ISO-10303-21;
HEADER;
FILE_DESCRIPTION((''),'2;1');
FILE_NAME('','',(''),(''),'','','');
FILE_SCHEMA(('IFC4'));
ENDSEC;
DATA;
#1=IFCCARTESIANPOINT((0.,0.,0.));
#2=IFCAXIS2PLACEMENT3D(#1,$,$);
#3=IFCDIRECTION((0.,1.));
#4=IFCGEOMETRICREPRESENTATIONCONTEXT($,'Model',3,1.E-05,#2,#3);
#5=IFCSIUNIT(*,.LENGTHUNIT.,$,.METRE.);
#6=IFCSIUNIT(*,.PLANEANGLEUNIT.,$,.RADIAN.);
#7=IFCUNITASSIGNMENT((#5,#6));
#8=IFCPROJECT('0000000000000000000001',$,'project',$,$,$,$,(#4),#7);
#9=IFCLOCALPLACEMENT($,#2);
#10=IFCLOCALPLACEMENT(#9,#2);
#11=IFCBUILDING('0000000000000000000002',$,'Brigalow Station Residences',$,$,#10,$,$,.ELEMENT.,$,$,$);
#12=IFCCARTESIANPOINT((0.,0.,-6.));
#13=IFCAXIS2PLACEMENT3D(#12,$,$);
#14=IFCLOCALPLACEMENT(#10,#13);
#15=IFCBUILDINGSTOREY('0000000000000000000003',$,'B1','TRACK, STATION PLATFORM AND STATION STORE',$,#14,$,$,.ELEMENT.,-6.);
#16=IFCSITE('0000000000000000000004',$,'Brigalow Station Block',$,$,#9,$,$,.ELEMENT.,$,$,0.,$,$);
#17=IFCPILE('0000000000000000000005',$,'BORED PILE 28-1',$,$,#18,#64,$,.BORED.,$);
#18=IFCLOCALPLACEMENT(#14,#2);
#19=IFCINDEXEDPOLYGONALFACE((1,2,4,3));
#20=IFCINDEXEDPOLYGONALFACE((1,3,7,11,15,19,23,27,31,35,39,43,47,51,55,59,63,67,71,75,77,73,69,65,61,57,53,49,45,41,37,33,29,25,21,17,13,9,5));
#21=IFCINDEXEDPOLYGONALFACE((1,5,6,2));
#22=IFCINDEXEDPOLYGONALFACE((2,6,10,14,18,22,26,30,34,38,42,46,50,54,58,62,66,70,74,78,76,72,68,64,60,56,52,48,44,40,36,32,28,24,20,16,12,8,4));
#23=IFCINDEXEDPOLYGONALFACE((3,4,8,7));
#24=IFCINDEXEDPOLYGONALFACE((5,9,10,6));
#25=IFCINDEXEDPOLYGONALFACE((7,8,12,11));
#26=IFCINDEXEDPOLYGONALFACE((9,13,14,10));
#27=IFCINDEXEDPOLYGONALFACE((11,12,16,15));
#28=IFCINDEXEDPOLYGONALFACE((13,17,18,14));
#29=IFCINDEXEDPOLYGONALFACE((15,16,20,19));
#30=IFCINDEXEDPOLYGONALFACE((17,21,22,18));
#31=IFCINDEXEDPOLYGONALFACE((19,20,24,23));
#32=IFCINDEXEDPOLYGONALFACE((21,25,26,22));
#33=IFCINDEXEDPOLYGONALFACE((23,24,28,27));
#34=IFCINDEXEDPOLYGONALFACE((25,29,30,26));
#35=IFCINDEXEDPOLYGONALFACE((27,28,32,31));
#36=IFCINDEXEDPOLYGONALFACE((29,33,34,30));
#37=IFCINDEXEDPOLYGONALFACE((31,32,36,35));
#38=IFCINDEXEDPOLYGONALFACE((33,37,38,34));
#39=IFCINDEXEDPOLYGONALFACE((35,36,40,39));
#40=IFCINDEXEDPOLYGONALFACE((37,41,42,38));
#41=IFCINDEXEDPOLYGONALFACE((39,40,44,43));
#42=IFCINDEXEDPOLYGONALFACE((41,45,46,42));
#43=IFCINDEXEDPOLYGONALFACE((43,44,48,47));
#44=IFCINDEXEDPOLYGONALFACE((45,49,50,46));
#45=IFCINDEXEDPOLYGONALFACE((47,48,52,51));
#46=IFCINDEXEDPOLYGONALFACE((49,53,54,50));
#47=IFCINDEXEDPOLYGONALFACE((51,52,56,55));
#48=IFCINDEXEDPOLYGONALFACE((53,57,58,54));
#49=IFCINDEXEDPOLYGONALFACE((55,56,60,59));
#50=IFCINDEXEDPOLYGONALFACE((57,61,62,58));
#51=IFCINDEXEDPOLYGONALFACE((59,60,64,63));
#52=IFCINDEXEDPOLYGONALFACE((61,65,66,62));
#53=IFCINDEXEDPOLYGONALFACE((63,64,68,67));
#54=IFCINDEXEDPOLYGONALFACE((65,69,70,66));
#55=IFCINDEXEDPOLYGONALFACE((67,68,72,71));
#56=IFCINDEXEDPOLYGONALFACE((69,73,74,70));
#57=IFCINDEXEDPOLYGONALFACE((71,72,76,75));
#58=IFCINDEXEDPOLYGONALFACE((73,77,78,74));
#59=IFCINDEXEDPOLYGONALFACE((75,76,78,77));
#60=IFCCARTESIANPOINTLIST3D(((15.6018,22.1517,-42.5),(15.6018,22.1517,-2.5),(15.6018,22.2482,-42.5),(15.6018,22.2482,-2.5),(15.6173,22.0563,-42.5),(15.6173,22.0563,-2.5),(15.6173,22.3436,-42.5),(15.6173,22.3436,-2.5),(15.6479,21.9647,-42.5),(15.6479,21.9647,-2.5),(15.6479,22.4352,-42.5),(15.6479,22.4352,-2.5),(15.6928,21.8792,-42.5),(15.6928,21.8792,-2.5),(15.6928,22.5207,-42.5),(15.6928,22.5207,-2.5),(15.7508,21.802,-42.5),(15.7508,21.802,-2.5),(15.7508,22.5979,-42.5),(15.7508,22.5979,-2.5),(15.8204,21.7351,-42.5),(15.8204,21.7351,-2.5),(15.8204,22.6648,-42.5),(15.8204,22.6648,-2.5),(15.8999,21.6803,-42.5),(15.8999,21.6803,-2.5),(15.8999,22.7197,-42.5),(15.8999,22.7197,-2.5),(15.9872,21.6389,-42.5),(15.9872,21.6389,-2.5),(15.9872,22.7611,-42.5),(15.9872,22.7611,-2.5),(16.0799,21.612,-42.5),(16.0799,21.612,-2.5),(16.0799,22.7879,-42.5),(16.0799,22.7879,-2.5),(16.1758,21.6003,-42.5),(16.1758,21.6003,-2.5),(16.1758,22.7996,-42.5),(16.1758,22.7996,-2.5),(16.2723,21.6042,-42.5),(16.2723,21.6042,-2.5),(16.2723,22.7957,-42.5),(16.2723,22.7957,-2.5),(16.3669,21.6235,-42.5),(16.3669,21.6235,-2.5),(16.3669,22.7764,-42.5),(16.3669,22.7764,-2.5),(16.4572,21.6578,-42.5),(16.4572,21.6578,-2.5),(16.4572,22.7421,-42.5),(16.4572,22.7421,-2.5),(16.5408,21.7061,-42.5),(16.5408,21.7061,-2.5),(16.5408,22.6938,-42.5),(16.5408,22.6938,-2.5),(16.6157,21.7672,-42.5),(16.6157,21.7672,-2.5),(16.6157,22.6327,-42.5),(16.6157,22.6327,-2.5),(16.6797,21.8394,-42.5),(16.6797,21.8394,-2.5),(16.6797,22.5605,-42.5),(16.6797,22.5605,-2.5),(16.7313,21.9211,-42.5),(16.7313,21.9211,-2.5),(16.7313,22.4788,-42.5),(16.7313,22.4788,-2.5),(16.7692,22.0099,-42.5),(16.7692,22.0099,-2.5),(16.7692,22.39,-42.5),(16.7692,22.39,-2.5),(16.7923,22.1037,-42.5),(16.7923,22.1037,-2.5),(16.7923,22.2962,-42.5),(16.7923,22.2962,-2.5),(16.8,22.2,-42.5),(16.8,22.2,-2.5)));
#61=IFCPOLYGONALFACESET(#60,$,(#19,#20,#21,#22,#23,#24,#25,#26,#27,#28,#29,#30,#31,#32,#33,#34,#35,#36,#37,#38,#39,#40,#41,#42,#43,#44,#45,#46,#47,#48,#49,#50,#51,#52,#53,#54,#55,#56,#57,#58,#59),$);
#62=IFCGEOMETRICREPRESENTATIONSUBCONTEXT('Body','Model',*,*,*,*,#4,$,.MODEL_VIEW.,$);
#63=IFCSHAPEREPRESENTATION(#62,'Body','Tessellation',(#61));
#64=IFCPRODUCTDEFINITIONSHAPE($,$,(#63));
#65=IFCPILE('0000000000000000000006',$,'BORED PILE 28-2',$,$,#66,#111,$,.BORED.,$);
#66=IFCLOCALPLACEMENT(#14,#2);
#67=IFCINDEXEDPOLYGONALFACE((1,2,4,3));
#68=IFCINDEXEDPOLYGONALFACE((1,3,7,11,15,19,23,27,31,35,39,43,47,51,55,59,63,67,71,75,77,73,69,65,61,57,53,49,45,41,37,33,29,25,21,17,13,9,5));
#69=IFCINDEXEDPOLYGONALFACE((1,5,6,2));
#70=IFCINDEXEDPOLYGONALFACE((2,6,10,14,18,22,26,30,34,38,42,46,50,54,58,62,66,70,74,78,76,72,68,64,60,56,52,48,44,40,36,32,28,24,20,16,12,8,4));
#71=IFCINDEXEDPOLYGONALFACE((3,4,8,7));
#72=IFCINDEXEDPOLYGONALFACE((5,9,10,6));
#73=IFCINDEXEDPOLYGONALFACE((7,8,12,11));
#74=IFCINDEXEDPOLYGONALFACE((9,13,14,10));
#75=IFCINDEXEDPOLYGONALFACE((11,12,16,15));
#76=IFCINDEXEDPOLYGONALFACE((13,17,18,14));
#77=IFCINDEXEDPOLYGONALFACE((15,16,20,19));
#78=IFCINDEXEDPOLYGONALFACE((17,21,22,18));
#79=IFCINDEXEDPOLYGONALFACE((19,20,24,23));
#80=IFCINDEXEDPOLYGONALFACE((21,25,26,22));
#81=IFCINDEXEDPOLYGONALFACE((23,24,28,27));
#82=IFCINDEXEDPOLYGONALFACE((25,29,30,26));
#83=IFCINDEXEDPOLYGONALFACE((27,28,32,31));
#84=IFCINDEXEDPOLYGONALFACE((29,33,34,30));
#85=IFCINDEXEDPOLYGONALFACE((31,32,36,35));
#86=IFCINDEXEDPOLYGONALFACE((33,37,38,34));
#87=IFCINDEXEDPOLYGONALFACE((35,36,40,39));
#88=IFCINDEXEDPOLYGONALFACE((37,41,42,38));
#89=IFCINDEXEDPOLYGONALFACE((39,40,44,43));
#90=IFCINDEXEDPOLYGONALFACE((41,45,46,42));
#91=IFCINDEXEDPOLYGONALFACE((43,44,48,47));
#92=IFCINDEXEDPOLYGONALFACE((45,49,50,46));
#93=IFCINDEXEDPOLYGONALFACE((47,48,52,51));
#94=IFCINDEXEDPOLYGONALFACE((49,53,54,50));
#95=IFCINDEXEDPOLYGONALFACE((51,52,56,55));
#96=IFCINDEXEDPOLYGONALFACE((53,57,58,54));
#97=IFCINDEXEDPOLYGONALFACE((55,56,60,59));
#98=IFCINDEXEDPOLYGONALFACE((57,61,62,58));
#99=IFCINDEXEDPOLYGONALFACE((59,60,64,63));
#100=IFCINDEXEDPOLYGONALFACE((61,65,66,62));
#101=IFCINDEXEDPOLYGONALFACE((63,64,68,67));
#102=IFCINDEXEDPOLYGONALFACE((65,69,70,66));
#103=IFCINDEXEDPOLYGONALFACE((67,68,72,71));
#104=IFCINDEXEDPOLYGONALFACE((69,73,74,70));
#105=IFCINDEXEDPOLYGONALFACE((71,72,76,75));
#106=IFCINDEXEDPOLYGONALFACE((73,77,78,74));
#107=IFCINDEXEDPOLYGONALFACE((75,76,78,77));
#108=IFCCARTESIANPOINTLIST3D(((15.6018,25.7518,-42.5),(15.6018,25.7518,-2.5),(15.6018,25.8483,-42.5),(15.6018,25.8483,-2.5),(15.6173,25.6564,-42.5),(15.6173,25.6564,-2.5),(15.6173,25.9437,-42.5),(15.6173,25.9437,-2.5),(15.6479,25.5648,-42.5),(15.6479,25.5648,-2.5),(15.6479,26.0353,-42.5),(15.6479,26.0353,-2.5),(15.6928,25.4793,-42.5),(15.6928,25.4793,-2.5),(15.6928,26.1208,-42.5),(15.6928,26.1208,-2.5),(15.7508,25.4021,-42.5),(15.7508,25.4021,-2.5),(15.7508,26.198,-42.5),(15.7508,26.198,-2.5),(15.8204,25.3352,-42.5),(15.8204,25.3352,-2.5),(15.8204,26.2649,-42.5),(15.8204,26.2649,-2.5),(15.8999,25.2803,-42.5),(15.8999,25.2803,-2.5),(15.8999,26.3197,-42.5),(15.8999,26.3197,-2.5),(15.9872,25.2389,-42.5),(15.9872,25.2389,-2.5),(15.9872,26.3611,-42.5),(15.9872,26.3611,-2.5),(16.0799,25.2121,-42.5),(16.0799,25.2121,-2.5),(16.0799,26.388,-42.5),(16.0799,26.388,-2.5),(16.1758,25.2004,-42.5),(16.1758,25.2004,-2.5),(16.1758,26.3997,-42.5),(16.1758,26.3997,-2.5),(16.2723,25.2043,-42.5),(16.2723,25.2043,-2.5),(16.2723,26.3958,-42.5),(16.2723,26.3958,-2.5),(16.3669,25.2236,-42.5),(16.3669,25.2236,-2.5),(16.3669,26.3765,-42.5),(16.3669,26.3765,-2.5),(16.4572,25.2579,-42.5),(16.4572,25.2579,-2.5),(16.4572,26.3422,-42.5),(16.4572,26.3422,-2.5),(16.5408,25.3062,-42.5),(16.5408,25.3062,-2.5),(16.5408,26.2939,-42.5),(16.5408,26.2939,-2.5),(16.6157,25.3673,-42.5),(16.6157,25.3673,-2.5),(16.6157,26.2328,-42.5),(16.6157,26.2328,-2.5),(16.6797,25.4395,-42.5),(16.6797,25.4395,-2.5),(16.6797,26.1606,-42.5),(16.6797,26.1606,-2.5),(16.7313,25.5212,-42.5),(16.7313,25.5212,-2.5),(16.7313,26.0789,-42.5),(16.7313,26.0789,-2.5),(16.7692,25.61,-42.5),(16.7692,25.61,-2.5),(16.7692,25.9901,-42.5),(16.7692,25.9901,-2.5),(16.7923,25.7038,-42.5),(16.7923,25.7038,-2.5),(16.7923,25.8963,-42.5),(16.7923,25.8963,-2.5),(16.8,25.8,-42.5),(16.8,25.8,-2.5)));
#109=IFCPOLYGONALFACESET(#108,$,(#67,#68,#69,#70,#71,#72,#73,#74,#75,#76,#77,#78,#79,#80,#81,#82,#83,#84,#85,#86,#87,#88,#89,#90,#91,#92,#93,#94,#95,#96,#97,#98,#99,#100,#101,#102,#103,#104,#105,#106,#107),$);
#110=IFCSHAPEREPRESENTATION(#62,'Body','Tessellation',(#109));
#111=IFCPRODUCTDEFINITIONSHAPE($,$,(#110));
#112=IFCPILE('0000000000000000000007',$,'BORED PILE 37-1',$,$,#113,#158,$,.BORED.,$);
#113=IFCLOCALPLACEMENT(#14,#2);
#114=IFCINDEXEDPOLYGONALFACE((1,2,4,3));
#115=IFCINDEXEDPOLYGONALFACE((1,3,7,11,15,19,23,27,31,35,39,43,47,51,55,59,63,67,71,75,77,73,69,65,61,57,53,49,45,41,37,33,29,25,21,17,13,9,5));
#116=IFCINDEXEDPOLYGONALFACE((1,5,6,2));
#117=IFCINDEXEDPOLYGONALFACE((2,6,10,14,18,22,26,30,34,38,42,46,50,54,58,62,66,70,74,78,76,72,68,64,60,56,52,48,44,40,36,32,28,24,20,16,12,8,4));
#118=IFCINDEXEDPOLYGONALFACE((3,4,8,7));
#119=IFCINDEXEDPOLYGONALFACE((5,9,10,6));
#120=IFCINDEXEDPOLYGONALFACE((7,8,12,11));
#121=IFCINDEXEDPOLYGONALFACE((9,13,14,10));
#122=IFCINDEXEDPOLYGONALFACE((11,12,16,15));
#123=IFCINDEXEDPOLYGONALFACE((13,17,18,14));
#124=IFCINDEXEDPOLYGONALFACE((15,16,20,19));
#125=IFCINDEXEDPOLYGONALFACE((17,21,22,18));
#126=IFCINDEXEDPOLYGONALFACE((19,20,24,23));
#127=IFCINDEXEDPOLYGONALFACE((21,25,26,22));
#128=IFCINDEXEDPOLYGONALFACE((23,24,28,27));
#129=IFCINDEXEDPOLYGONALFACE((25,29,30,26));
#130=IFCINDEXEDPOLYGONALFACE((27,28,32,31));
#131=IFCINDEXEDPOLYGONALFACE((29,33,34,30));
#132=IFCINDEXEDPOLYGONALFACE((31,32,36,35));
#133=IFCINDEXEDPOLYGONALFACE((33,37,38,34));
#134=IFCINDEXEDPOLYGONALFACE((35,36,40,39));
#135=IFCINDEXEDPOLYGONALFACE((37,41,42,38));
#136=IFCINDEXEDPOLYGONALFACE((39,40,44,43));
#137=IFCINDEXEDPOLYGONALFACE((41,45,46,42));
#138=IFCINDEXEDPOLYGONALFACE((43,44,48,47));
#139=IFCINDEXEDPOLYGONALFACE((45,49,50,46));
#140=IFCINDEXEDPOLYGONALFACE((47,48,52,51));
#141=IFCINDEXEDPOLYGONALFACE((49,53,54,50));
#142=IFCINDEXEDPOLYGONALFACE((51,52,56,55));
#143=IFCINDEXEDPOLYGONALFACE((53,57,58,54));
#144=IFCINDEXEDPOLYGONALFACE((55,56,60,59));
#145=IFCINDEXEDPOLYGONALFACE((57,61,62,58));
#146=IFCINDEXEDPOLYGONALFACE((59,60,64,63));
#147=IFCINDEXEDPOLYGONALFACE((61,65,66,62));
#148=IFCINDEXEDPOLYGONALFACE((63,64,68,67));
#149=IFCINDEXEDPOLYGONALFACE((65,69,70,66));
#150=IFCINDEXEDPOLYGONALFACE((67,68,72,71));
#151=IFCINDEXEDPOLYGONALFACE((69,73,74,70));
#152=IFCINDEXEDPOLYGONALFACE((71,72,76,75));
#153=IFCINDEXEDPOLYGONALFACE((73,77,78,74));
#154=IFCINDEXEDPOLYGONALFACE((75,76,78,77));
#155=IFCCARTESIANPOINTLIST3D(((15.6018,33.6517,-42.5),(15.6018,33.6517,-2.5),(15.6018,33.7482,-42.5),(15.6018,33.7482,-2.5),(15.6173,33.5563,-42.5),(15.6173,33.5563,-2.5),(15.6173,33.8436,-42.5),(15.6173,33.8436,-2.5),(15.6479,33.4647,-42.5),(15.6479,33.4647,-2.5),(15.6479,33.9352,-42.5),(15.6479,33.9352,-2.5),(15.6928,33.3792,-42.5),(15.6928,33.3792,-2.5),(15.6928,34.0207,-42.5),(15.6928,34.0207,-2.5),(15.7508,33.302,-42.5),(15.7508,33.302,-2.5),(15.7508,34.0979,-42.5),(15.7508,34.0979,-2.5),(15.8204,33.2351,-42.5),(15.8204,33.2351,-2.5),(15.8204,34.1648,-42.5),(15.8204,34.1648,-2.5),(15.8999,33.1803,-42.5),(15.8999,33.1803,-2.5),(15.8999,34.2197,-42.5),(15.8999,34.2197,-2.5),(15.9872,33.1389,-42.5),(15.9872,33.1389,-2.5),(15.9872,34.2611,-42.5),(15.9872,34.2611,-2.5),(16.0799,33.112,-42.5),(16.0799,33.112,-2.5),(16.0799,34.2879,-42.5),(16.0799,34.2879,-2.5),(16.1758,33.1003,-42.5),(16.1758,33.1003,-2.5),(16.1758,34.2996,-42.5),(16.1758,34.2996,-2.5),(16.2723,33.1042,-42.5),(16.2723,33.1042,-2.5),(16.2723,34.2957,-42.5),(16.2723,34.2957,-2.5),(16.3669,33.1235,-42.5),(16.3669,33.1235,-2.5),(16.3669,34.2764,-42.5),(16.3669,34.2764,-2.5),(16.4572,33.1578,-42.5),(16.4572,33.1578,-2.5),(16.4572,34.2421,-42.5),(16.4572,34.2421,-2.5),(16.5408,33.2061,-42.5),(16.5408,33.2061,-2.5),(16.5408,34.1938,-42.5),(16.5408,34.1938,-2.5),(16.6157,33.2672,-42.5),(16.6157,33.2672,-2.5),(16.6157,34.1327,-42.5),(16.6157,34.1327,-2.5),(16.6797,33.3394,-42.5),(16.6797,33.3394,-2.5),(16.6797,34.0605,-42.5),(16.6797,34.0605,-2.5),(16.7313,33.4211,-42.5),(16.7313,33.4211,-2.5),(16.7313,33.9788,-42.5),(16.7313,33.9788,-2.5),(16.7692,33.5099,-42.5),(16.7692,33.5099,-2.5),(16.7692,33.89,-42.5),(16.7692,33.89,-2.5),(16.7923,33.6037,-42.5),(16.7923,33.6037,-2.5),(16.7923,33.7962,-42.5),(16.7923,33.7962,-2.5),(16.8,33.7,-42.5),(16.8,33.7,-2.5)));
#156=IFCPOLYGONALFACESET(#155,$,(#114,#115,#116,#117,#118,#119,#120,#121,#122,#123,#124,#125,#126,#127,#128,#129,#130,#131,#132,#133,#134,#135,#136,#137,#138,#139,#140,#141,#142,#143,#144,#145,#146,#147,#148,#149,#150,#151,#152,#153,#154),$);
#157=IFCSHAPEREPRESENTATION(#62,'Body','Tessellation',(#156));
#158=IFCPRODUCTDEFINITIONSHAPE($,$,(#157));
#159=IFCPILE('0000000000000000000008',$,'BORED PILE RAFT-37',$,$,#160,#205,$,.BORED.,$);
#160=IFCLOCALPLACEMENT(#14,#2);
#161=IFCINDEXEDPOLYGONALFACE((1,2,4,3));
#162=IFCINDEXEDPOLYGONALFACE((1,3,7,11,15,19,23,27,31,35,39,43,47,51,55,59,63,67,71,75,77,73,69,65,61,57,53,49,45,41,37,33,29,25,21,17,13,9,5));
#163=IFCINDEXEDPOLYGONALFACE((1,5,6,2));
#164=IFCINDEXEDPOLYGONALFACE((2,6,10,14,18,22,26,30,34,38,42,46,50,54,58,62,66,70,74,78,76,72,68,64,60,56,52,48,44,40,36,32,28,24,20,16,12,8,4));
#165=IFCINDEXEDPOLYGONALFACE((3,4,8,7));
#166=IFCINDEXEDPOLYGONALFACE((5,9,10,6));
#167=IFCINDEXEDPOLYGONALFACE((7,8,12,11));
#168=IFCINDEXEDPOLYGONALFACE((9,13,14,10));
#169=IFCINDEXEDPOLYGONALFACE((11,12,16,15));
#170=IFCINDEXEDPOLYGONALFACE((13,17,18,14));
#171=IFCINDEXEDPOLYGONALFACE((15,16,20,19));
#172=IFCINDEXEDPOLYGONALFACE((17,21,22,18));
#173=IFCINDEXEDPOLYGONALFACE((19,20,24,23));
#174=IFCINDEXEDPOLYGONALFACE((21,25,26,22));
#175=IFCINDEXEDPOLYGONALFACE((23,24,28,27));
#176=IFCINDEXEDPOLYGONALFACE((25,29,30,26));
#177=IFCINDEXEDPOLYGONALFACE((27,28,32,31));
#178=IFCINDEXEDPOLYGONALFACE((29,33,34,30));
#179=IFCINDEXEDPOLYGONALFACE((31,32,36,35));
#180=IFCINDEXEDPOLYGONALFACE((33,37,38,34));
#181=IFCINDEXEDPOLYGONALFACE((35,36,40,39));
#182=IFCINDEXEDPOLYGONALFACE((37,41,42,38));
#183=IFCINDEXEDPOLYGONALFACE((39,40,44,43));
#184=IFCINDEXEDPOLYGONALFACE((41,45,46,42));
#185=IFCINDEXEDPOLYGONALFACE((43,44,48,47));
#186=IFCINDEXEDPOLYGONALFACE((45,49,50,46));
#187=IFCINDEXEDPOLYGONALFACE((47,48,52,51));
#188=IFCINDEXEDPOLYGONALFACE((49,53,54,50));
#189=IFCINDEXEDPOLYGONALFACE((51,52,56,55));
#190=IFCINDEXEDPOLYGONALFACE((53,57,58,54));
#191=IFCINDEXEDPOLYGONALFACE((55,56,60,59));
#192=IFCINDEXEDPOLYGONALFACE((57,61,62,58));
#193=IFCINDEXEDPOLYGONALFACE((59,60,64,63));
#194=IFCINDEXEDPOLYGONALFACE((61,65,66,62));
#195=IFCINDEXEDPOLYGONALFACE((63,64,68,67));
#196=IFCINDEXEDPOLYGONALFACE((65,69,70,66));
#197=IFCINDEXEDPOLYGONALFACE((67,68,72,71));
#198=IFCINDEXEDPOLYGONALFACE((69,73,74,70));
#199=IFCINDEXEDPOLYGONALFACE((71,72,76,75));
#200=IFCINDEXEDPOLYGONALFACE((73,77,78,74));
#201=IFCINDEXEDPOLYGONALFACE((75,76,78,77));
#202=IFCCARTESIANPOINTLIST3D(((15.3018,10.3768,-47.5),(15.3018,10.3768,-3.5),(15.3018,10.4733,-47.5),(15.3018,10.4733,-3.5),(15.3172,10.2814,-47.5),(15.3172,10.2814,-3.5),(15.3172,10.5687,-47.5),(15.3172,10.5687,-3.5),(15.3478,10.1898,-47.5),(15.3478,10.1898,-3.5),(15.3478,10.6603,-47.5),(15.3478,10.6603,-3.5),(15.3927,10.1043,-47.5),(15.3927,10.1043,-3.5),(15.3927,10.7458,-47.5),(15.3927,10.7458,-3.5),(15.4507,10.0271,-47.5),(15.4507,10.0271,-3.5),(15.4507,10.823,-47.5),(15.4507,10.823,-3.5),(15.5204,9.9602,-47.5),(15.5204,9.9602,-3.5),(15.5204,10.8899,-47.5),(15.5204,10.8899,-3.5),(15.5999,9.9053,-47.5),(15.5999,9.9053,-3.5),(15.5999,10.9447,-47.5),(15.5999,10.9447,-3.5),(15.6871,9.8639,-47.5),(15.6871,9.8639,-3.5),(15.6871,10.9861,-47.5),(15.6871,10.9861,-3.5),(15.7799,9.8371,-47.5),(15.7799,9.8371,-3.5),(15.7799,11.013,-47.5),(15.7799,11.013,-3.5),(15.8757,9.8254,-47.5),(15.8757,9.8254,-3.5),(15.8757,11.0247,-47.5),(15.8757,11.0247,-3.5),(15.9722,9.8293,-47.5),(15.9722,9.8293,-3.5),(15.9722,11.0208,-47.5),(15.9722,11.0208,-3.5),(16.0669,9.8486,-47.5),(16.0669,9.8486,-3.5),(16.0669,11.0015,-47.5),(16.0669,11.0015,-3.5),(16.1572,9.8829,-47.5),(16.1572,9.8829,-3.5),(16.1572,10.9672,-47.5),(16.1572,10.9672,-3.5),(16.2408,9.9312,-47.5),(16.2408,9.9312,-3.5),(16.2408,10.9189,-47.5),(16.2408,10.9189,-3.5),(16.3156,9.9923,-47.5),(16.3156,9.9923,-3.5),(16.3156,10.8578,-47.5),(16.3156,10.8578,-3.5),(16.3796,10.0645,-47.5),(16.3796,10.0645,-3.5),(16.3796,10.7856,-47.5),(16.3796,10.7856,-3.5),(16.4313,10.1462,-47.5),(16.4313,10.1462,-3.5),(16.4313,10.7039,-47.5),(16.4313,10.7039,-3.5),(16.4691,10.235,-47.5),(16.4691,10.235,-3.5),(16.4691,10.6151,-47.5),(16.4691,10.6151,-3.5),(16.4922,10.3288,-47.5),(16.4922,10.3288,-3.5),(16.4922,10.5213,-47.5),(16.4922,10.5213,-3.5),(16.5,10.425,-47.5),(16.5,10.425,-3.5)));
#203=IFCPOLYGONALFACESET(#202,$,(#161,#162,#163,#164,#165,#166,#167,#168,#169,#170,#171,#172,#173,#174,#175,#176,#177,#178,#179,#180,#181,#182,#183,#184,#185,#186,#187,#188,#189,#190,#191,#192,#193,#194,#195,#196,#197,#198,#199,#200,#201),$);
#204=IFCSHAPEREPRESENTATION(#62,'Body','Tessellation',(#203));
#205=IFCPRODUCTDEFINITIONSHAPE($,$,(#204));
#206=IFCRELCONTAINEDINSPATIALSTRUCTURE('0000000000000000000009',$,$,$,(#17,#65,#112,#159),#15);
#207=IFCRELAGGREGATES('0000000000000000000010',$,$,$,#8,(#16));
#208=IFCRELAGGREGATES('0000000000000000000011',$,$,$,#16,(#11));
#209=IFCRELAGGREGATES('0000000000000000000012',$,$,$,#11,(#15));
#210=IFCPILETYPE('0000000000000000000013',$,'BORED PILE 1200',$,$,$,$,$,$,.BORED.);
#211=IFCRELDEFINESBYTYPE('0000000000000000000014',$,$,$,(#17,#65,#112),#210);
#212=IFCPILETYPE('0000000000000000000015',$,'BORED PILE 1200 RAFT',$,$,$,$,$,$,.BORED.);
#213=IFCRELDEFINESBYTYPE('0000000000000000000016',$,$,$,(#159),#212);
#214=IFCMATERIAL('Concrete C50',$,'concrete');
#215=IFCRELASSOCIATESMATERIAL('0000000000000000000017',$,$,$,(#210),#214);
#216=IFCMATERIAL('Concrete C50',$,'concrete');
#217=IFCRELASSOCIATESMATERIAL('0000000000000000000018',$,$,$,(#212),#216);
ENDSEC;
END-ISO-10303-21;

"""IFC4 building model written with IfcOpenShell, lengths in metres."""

from ifc_helpers import new_model, si_unit, direction, frame, origin, origin_2d, place, context, subcontext, project, spatial, circle, extrude, material, material_profile, profile_set, type_object, element, save


model = new_model("IFC4")

# Units and contexts
model_context = context("Model", 3, precision=1e-05, world=origin(), true_north=direction((0.0, 1.0)))
body_context = subcontext(model_context, "Body", "Model", "MODEL_VIEW")
ifc_project = project(units=[si_unit("LENGTHUNIT", "METRE"), si_unit("PLANEANGLEUNIT", "RADIAN")], contexts=[model_context])

# Site, building, storey
site_placement = place(None, origin())
site = spatial("IfcSite", under=ifc_project, at=site_placement, Name="Brigalow Station Block", CompositionType="ELEMENT", RefElevation=0.0)
building_placement = place(site_placement, origin())
building = spatial("IfcBuilding", under=site, at=building_placement, Name="Brigalow Station Residences", CompositionType="ELEMENT")
storey_placement = place(building_placement, frame((0.0, 0.0, -6.0)))
storey = spatial("IfcBuildingStorey", under=building, at=storey_placement, Name="B1", Description="TRACK, STATION PLATFORM AND STATION STORE", CompositionType="ELEMENT", Elevation=-6.0)

# Piles
ifc_material_1 = material(Name="Concrete C50", Category="concrete")
ifc_material_profile_1 = material_profile(ifc_material_1, circle(Radius=0.6001, at=origin_2d()), Name="BP1200")
ifc_profile_set_1 = profile_set([ifc_material_profile_1], Name="Concrete C50")
pile_type_1 = type_object("IfcPileType", Name="BORED PILE 1200", PredefinedType="BORED", material=ifc_profile_set_1)
for number, where, z_axis, x_axis, name in (
    (1, (16.2, 22.2, -2.5), (0.0, 0.0, -1.0), (1.0, 0.0, 0.0), "BORED PILE 28-1"),
    (2, (16.2, 25.8, -2.5), (0.0, 0.0, -1.0), (1.0, 0.0, 0.0), "BORED PILE 28-2"),
    (3, (16.2, 33.7, -2.5), (0.0, 0.0, -1.0), (1.0, 0.0, 0.0), "BORED PILE 37-1"),
):
    element("IfcPile", number, at=place(storey_placement, frame(where, z_axis=z_axis, x_axis=x_axis)), inside=storey, type_object=pile_type_1, Name=name, PredefinedType="BORED", context=body_context, shape_type="SweptSolid", body=[
        extrude(circle(Radius=0.6001, at=origin_2d()), origin(), (0.0, 0.0, 1.0), 40.0),
    ])
ifc_material_2 = material(Name="Concrete C50", Category="concrete")
ifc_material_profile_2 = material_profile(ifc_material_2, circle(Radius=0.6001, at=origin_2d()), Name="BP1200")
ifc_profile_set_2 = profile_set([ifc_material_profile_2], Name="Concrete C50")
pile_type_2 = type_object("IfcPileType", Name="BORED PILE 1200 RAFT", PredefinedType="BORED", material=ifc_profile_set_2)
for number, where, z_axis, x_axis, name in (
    (4, (15.8999, 10.425, -3.5), (0.0, 0.0, -1.0), (1.0, 0.0, 0.0), "BORED PILE RAFT-37"),
):
    element("IfcPile", number, at=place(storey_placement, frame(where, z_axis=z_axis, x_axis=x_axis)), inside=storey, type_object=pile_type_2, Name=name, PredefinedType="BORED", context=body_context, shape_type="SweptSolid", body=[
        extrude(circle(Radius=0.6001, at=origin_2d()), origin(), (0.0, 0.0, 1.0), 44.0),
    ])

save(model, "model.ifc")
